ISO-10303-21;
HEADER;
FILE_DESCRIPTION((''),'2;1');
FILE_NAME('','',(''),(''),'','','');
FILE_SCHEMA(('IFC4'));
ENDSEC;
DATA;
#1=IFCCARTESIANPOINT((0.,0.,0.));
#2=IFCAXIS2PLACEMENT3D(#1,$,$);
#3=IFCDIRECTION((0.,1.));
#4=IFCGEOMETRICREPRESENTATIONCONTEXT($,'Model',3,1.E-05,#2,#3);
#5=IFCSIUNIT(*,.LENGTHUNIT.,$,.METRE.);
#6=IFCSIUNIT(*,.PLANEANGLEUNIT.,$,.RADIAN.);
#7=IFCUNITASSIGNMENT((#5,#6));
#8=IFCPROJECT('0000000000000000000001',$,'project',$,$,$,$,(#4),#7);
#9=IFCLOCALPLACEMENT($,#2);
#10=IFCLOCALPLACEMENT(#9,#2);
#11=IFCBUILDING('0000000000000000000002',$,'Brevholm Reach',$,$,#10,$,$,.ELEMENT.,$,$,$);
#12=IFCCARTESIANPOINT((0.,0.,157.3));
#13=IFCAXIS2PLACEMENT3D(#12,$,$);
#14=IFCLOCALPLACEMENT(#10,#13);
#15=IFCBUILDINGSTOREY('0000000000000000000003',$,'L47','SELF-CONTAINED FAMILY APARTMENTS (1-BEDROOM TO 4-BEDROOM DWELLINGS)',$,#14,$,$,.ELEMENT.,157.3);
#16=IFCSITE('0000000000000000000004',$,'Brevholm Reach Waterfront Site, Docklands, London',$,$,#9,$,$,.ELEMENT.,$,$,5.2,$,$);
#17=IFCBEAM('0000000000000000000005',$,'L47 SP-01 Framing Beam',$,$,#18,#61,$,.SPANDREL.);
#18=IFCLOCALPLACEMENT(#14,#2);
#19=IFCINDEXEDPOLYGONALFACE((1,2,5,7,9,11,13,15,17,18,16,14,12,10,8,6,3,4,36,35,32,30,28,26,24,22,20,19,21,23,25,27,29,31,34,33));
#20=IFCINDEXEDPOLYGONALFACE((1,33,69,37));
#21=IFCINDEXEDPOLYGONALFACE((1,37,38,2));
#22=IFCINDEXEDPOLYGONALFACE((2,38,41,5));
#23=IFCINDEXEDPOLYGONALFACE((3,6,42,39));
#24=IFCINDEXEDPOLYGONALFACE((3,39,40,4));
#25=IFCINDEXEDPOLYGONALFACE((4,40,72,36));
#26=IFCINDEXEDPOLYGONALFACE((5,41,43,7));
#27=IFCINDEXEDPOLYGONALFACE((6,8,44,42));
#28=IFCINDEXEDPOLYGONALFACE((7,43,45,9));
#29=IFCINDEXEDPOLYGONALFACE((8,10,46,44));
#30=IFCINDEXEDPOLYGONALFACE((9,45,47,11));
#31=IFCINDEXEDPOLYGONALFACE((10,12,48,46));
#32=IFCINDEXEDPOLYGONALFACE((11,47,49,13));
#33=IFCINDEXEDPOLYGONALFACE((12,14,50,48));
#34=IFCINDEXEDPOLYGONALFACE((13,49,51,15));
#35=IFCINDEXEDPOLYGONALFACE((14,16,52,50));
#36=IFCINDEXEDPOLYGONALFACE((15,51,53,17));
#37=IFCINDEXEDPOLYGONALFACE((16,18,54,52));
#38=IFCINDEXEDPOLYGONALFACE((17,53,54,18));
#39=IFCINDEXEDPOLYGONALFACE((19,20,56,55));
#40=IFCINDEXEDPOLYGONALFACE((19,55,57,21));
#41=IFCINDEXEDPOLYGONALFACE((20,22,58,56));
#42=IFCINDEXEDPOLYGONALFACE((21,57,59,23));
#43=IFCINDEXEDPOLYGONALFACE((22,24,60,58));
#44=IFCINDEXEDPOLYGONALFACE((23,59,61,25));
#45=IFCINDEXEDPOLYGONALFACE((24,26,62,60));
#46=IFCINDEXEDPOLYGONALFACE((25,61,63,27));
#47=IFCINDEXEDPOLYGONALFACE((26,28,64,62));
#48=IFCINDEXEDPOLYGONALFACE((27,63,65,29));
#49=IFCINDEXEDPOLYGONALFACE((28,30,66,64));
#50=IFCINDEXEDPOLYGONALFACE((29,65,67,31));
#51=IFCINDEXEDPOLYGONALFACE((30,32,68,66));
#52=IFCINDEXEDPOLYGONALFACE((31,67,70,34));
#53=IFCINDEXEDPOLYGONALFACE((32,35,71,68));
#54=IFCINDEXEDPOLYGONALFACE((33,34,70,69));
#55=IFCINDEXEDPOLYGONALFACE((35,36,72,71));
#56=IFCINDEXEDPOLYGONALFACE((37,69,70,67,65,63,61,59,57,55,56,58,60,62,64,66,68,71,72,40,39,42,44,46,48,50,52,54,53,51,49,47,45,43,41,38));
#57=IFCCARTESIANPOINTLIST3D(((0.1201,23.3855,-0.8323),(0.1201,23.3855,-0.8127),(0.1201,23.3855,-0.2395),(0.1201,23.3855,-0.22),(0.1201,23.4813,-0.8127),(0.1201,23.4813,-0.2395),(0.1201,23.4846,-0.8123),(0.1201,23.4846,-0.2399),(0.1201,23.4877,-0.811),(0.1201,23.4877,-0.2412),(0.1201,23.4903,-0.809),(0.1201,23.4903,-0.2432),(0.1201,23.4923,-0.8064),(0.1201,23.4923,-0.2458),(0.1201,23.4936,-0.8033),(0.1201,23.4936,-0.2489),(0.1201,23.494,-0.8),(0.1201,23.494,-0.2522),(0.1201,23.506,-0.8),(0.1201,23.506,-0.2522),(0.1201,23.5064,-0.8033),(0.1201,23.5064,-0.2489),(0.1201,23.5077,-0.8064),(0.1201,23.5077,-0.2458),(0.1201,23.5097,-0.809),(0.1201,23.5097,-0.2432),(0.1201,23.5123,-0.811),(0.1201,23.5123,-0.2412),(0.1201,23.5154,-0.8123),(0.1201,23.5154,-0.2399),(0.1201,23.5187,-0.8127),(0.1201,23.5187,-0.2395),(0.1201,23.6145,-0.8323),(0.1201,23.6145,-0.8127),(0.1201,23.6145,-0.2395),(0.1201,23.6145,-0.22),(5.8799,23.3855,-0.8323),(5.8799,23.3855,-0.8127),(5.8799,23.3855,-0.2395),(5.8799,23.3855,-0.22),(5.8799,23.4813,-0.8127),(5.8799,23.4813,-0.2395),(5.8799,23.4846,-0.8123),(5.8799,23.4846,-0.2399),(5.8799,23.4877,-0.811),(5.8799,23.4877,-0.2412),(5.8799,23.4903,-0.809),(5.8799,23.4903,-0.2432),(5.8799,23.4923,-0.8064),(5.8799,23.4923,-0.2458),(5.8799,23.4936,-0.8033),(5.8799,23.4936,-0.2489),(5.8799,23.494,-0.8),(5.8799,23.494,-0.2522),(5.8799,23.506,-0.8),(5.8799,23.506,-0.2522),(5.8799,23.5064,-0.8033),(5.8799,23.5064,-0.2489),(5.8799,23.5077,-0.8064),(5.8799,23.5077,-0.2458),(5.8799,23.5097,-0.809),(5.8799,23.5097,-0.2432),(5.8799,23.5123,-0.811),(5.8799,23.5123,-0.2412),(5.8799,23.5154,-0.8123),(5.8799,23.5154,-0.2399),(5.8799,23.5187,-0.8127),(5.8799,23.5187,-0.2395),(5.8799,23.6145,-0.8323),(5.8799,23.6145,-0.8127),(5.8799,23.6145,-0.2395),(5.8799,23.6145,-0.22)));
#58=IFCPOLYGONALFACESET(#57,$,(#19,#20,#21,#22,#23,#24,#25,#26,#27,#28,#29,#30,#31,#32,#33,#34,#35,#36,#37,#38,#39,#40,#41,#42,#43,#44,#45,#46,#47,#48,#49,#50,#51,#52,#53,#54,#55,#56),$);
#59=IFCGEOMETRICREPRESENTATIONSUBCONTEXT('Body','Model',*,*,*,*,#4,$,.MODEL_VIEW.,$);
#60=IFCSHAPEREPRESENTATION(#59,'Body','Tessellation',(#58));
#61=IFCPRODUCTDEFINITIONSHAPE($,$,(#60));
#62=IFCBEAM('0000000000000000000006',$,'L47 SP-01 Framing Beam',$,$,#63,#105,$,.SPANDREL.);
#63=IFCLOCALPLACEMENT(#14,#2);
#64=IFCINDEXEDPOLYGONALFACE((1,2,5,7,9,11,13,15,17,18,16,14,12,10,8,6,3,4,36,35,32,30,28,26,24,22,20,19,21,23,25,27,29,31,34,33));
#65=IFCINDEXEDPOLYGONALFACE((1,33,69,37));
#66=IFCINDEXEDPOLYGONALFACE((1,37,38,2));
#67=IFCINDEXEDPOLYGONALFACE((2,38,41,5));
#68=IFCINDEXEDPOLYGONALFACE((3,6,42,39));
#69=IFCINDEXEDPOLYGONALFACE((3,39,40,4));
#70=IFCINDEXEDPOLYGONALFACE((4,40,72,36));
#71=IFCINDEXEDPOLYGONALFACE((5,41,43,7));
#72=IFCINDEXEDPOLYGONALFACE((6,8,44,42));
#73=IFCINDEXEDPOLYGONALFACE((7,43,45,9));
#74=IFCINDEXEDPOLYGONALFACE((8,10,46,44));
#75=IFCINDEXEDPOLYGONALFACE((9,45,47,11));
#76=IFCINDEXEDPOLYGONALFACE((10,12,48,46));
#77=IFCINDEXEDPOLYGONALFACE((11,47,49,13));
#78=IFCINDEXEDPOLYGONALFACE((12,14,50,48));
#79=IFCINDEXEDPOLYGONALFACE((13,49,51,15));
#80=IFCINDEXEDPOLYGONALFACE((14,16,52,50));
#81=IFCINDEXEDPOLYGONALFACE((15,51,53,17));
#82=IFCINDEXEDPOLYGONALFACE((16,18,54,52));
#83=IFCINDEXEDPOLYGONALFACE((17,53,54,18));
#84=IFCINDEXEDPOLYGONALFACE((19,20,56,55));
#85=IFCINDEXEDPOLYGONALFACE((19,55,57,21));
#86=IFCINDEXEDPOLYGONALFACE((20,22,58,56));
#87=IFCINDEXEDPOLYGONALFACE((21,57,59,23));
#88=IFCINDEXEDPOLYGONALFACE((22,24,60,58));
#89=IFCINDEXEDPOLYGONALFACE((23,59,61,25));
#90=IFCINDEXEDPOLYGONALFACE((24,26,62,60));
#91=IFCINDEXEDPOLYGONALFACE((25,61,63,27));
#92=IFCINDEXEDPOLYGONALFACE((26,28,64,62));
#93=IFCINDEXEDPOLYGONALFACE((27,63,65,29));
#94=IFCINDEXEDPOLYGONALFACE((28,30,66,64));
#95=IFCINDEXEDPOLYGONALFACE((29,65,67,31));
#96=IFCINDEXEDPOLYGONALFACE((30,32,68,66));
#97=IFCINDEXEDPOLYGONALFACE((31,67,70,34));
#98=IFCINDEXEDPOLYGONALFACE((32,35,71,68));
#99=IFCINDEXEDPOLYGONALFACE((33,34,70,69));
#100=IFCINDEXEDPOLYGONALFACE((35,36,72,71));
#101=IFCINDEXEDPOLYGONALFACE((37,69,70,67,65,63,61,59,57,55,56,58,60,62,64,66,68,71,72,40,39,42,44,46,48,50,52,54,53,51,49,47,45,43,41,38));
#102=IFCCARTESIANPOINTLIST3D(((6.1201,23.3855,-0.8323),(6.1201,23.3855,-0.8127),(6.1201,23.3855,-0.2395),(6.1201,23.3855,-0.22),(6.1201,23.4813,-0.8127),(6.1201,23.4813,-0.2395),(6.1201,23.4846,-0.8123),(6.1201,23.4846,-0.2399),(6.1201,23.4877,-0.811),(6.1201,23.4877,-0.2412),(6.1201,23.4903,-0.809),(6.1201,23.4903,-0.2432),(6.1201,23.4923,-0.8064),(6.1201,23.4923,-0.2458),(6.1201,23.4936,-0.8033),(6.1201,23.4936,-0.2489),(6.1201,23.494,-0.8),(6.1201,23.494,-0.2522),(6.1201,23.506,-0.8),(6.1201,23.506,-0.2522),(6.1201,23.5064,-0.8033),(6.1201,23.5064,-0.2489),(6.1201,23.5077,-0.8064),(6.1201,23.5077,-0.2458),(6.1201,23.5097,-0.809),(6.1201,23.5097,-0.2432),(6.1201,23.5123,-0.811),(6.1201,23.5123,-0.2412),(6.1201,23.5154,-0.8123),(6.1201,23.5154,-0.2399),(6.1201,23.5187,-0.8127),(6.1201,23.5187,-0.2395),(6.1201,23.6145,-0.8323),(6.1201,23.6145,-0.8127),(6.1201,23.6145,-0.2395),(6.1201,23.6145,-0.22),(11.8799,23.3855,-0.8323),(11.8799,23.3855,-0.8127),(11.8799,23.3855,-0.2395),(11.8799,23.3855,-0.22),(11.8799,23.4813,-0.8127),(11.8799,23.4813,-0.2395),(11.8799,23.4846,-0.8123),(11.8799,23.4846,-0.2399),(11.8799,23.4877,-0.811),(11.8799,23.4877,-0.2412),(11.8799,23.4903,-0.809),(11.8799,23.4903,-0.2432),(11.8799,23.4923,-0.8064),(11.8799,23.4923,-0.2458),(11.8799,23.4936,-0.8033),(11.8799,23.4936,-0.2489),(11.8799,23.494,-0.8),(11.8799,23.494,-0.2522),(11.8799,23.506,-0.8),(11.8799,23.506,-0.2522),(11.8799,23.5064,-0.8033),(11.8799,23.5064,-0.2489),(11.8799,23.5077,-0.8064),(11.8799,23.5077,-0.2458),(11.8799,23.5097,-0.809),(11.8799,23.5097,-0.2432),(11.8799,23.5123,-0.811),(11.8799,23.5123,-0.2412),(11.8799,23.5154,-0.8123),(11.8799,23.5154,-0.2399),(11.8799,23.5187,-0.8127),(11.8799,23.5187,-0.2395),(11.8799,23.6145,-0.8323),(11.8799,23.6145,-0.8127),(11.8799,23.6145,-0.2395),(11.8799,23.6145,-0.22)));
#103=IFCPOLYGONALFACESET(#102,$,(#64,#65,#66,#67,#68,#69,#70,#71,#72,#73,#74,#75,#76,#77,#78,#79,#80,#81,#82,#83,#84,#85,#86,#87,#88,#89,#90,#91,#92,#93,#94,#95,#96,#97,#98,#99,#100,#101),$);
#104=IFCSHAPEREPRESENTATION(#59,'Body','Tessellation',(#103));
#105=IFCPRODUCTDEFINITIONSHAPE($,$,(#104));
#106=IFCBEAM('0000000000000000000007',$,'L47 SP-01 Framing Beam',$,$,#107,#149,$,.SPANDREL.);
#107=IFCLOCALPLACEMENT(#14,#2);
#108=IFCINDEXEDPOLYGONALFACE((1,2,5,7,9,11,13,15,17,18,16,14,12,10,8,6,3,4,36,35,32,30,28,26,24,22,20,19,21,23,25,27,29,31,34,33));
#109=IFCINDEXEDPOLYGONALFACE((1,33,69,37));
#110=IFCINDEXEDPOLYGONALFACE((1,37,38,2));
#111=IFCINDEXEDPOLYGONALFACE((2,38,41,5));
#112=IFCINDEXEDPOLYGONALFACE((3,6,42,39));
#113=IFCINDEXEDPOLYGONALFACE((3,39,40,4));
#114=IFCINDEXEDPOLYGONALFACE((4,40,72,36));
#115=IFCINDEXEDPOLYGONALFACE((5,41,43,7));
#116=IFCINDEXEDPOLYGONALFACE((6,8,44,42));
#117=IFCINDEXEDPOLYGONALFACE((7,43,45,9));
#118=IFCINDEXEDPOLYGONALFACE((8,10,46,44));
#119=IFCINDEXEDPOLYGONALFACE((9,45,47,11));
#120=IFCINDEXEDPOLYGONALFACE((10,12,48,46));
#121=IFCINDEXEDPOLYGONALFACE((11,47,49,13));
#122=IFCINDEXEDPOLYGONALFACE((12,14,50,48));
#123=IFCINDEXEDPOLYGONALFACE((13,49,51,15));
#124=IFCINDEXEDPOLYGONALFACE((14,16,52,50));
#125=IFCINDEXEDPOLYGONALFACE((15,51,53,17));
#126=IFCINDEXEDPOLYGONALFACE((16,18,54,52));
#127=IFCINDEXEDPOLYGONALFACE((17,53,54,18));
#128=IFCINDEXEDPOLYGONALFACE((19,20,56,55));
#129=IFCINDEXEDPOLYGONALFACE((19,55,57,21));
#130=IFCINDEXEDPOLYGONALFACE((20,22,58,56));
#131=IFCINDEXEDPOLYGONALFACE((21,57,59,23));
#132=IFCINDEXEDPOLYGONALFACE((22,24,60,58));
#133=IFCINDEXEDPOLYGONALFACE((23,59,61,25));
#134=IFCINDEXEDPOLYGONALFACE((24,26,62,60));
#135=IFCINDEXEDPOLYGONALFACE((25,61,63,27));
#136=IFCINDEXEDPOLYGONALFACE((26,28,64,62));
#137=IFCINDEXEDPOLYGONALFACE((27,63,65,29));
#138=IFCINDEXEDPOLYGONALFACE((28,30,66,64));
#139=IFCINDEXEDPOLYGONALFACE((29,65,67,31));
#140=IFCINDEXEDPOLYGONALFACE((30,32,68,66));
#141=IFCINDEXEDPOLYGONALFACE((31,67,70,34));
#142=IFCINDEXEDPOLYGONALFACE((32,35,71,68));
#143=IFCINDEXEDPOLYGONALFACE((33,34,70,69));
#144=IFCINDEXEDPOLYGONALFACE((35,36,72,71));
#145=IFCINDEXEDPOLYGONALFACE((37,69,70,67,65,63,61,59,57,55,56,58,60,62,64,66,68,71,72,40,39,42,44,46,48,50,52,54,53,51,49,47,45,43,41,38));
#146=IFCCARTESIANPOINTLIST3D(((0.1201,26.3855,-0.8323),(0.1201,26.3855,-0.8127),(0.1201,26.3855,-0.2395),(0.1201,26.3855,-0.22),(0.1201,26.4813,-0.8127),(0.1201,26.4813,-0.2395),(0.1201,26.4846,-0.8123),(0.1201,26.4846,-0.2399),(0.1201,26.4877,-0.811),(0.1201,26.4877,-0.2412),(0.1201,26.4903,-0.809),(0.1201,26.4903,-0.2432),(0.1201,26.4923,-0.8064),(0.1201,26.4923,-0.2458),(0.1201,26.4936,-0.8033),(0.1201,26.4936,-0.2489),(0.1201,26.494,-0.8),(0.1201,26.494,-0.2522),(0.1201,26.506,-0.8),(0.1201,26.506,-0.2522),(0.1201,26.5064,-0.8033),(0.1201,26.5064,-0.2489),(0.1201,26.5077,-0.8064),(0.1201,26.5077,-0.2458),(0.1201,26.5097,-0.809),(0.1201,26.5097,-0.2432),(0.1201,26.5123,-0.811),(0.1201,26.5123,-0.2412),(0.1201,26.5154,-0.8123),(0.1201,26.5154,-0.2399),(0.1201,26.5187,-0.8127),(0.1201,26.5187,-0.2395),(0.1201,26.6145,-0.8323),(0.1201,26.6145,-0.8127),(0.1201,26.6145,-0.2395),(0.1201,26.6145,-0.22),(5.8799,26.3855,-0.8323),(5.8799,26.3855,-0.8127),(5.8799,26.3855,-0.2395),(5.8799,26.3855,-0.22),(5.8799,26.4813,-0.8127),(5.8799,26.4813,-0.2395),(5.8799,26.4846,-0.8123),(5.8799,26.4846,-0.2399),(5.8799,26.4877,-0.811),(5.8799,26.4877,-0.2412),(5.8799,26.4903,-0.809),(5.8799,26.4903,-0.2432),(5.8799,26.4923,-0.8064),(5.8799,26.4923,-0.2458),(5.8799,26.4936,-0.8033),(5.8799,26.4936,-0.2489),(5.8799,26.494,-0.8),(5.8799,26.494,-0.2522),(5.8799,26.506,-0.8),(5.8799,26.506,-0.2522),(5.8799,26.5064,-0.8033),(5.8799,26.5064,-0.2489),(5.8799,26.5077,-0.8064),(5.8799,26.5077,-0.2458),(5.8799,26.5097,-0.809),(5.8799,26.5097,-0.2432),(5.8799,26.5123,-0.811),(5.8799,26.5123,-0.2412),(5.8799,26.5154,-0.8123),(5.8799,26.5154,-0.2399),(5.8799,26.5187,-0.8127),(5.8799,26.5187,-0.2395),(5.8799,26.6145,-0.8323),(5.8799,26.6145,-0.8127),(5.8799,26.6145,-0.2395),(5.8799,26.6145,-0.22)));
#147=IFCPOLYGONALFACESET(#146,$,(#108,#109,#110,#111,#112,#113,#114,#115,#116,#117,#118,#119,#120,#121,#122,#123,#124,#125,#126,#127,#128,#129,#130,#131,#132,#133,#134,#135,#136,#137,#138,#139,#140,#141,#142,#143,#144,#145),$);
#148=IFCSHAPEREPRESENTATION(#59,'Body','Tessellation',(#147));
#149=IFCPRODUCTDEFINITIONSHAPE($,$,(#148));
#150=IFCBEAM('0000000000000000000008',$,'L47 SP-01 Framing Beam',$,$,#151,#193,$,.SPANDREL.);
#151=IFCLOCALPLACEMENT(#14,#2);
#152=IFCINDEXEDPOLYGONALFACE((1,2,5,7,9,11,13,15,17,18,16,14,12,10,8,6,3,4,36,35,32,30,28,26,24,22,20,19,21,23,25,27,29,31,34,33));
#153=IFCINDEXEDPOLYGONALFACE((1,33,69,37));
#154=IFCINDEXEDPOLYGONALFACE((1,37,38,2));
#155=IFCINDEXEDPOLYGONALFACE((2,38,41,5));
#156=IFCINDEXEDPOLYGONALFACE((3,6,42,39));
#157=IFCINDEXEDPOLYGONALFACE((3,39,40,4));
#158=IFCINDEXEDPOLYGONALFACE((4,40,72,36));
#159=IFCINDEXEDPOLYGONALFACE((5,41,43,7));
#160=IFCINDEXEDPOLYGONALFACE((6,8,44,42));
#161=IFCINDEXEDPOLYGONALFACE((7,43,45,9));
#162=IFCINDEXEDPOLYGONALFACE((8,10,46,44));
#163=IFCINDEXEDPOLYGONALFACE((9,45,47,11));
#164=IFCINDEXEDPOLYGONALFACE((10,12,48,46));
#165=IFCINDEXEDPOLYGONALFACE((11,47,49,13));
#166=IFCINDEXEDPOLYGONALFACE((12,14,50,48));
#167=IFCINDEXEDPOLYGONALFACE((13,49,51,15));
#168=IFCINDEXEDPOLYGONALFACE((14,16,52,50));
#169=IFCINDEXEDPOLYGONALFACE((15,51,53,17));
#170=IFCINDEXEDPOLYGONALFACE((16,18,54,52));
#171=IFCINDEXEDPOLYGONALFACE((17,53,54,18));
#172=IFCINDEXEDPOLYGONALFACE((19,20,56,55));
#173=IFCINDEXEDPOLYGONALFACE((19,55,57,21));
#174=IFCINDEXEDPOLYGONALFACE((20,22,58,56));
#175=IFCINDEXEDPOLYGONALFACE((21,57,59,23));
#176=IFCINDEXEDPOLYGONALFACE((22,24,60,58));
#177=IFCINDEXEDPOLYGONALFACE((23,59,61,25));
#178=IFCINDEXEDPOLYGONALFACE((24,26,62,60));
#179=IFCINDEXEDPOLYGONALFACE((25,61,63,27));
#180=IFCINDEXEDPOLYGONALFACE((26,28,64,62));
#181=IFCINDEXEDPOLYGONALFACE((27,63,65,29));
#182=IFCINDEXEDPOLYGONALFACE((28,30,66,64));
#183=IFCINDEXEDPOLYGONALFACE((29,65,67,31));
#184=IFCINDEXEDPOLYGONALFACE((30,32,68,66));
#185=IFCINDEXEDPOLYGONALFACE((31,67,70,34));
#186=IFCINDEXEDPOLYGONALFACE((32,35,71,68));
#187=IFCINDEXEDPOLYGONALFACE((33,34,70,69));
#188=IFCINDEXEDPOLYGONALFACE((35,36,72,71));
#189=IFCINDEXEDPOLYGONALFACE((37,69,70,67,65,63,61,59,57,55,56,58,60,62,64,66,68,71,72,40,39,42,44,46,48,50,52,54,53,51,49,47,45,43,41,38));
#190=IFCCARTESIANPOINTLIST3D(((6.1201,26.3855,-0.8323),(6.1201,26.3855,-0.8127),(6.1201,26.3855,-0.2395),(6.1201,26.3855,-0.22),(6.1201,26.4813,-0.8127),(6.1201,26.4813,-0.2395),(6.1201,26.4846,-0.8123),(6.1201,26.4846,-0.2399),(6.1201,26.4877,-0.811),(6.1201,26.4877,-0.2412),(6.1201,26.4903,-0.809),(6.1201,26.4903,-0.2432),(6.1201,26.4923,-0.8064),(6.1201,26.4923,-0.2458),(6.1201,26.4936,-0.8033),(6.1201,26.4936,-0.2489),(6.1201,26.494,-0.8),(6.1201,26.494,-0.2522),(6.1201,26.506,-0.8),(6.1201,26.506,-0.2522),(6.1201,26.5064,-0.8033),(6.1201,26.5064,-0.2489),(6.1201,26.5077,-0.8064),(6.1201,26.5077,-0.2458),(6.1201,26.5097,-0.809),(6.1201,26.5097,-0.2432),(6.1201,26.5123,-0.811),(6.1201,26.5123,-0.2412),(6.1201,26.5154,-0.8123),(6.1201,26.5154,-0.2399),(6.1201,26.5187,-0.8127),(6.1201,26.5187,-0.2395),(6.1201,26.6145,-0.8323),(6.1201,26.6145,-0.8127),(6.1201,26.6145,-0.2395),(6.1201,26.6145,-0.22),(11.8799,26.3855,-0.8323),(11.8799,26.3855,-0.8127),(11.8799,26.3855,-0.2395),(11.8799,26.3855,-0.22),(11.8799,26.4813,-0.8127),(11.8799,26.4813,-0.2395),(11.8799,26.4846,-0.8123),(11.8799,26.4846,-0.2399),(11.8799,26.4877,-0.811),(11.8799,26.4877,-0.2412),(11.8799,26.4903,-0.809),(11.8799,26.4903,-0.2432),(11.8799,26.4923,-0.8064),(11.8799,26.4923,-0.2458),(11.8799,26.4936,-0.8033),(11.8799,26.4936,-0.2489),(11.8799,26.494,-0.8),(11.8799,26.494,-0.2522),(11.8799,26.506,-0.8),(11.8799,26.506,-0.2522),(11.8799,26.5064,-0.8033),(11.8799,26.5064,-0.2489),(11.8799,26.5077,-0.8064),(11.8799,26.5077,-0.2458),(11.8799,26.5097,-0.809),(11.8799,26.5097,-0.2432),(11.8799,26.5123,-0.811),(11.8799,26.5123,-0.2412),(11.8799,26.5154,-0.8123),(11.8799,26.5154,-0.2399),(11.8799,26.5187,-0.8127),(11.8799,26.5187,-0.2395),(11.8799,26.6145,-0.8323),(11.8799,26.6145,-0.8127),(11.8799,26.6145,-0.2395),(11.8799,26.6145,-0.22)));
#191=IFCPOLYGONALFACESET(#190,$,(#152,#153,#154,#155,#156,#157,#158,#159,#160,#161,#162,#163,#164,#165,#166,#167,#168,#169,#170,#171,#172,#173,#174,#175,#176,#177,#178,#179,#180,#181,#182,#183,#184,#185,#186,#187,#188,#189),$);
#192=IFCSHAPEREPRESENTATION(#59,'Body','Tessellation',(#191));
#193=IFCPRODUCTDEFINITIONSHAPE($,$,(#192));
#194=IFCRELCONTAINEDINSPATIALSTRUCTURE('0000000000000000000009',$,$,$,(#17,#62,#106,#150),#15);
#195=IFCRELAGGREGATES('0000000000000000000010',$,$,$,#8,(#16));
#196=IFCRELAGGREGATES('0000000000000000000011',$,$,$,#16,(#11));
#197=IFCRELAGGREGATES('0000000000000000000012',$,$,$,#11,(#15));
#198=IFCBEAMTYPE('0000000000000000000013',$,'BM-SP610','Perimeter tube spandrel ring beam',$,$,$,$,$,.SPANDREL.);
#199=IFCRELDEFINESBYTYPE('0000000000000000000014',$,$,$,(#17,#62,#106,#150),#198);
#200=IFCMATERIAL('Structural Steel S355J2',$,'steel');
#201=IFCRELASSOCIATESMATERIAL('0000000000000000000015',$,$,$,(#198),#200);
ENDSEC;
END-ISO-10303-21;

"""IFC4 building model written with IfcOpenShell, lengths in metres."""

from ifc_helpers import new_model, si_unit, direction, frame, origin, origin_2d, place, context, subcontext, project, spatial, i_section, extrude, material, material_profile, profile_set, type_object, element, save


model = new_model("IFC4")

# Units and contexts
model_context = context("Model", 3, precision=1e-05, world=origin(), true_north=direction((0.0, 1.0)))
body_context = subcontext(model_context, "Body", "Model", "MODEL_VIEW")
ifc_project = project(units=[si_unit("LENGTHUNIT", "METRE"), si_unit("PLANEANGLEUNIT", "RADIAN")], contexts=[model_context])

# Site, building, storey
site_placement = place(None, origin())
site = spatial("IfcSite", under=ifc_project, at=site_placement, Name="Brevholm Reach Waterfront Site, Docklands, London", CompositionType="ELEMENT", RefElevation=5.2)
building_placement = place(site_placement, origin())
building = spatial("IfcBuilding", under=site, at=building_placement, Name="Brevholm Reach", CompositionType="ELEMENT")
storey_placement = place(building_placement, frame((0.0, 0.0, 157.3)))
storey = spatial("IfcBuildingStorey", under=building, at=storey_placement, Name="L47", Description="SELF-CONTAINED FAMILY APARTMENTS (1-BEDROOM TO 4-BEDROOM DWELLINGS)", CompositionType="ELEMENT", Elevation=157.3)

# Beams
ifc_material_1 = material(Name="Structural Steel S355J2", Category="steel")
ifc_material_profile_1 = material_profile(ifc_material_1, i_section(OverallWidth=0.229, OverallDepth=0.6123, WebThickness=0.012, FlangeThickness=0.0195, FilletRadius=0.0127, at=origin_2d()), Name="UKB 610x229x125")
ifc_profile_set_1 = profile_set([ifc_material_profile_1], Name="Structural Steel S355J2")
beam_type_1 = type_object("IfcBeamType", Name="BM-SP610", Description="Perimeter tube spandrel ring beam", PredefinedType="SPANDREL", material=ifc_profile_set_1)
for number, where, z_axis, x_axis, name in (
    (1, (0.1201, 23.5, -0.5261), (1.0, 0.0, 0.0), (0.0, 1.0, 0.0), "L47 SP-01 Framing Beam"),
    (2, (6.1201, 23.5, -0.5261), (1.0, 0.0, 0.0), (0.0, 1.0, 0.0), "L47 SP-01 Framing Beam"),
    (3, (0.1201, 26.5, -0.5261), (1.0, 0.0, 0.0), (0.0, 1.0, 0.0), "L47 SP-01 Framing Beam"),
    (4, (6.1201, 26.5, -0.5261), (1.0, 0.0, 0.0), (0.0, 1.0, 0.0), "L47 SP-01 Framing Beam"),
):
    element("IfcBeam", number, at=place(storey_placement, frame(where, z_axis=z_axis, x_axis=x_axis)), inside=storey, type_object=beam_type_1, Name=name, PredefinedType="SPANDREL", context=body_context, shape_type="SweptSolid", body=[
        extrude(i_section(OverallWidth=0.229, OverallDepth=0.6123, WebThickness=0.012, FlangeThickness=0.0195, FilletRadius=0.0127, at=origin_2d()), origin(), (0.0, 0.0, 1.0), 5.7598),
    ])

save(model, "model.ifc")
